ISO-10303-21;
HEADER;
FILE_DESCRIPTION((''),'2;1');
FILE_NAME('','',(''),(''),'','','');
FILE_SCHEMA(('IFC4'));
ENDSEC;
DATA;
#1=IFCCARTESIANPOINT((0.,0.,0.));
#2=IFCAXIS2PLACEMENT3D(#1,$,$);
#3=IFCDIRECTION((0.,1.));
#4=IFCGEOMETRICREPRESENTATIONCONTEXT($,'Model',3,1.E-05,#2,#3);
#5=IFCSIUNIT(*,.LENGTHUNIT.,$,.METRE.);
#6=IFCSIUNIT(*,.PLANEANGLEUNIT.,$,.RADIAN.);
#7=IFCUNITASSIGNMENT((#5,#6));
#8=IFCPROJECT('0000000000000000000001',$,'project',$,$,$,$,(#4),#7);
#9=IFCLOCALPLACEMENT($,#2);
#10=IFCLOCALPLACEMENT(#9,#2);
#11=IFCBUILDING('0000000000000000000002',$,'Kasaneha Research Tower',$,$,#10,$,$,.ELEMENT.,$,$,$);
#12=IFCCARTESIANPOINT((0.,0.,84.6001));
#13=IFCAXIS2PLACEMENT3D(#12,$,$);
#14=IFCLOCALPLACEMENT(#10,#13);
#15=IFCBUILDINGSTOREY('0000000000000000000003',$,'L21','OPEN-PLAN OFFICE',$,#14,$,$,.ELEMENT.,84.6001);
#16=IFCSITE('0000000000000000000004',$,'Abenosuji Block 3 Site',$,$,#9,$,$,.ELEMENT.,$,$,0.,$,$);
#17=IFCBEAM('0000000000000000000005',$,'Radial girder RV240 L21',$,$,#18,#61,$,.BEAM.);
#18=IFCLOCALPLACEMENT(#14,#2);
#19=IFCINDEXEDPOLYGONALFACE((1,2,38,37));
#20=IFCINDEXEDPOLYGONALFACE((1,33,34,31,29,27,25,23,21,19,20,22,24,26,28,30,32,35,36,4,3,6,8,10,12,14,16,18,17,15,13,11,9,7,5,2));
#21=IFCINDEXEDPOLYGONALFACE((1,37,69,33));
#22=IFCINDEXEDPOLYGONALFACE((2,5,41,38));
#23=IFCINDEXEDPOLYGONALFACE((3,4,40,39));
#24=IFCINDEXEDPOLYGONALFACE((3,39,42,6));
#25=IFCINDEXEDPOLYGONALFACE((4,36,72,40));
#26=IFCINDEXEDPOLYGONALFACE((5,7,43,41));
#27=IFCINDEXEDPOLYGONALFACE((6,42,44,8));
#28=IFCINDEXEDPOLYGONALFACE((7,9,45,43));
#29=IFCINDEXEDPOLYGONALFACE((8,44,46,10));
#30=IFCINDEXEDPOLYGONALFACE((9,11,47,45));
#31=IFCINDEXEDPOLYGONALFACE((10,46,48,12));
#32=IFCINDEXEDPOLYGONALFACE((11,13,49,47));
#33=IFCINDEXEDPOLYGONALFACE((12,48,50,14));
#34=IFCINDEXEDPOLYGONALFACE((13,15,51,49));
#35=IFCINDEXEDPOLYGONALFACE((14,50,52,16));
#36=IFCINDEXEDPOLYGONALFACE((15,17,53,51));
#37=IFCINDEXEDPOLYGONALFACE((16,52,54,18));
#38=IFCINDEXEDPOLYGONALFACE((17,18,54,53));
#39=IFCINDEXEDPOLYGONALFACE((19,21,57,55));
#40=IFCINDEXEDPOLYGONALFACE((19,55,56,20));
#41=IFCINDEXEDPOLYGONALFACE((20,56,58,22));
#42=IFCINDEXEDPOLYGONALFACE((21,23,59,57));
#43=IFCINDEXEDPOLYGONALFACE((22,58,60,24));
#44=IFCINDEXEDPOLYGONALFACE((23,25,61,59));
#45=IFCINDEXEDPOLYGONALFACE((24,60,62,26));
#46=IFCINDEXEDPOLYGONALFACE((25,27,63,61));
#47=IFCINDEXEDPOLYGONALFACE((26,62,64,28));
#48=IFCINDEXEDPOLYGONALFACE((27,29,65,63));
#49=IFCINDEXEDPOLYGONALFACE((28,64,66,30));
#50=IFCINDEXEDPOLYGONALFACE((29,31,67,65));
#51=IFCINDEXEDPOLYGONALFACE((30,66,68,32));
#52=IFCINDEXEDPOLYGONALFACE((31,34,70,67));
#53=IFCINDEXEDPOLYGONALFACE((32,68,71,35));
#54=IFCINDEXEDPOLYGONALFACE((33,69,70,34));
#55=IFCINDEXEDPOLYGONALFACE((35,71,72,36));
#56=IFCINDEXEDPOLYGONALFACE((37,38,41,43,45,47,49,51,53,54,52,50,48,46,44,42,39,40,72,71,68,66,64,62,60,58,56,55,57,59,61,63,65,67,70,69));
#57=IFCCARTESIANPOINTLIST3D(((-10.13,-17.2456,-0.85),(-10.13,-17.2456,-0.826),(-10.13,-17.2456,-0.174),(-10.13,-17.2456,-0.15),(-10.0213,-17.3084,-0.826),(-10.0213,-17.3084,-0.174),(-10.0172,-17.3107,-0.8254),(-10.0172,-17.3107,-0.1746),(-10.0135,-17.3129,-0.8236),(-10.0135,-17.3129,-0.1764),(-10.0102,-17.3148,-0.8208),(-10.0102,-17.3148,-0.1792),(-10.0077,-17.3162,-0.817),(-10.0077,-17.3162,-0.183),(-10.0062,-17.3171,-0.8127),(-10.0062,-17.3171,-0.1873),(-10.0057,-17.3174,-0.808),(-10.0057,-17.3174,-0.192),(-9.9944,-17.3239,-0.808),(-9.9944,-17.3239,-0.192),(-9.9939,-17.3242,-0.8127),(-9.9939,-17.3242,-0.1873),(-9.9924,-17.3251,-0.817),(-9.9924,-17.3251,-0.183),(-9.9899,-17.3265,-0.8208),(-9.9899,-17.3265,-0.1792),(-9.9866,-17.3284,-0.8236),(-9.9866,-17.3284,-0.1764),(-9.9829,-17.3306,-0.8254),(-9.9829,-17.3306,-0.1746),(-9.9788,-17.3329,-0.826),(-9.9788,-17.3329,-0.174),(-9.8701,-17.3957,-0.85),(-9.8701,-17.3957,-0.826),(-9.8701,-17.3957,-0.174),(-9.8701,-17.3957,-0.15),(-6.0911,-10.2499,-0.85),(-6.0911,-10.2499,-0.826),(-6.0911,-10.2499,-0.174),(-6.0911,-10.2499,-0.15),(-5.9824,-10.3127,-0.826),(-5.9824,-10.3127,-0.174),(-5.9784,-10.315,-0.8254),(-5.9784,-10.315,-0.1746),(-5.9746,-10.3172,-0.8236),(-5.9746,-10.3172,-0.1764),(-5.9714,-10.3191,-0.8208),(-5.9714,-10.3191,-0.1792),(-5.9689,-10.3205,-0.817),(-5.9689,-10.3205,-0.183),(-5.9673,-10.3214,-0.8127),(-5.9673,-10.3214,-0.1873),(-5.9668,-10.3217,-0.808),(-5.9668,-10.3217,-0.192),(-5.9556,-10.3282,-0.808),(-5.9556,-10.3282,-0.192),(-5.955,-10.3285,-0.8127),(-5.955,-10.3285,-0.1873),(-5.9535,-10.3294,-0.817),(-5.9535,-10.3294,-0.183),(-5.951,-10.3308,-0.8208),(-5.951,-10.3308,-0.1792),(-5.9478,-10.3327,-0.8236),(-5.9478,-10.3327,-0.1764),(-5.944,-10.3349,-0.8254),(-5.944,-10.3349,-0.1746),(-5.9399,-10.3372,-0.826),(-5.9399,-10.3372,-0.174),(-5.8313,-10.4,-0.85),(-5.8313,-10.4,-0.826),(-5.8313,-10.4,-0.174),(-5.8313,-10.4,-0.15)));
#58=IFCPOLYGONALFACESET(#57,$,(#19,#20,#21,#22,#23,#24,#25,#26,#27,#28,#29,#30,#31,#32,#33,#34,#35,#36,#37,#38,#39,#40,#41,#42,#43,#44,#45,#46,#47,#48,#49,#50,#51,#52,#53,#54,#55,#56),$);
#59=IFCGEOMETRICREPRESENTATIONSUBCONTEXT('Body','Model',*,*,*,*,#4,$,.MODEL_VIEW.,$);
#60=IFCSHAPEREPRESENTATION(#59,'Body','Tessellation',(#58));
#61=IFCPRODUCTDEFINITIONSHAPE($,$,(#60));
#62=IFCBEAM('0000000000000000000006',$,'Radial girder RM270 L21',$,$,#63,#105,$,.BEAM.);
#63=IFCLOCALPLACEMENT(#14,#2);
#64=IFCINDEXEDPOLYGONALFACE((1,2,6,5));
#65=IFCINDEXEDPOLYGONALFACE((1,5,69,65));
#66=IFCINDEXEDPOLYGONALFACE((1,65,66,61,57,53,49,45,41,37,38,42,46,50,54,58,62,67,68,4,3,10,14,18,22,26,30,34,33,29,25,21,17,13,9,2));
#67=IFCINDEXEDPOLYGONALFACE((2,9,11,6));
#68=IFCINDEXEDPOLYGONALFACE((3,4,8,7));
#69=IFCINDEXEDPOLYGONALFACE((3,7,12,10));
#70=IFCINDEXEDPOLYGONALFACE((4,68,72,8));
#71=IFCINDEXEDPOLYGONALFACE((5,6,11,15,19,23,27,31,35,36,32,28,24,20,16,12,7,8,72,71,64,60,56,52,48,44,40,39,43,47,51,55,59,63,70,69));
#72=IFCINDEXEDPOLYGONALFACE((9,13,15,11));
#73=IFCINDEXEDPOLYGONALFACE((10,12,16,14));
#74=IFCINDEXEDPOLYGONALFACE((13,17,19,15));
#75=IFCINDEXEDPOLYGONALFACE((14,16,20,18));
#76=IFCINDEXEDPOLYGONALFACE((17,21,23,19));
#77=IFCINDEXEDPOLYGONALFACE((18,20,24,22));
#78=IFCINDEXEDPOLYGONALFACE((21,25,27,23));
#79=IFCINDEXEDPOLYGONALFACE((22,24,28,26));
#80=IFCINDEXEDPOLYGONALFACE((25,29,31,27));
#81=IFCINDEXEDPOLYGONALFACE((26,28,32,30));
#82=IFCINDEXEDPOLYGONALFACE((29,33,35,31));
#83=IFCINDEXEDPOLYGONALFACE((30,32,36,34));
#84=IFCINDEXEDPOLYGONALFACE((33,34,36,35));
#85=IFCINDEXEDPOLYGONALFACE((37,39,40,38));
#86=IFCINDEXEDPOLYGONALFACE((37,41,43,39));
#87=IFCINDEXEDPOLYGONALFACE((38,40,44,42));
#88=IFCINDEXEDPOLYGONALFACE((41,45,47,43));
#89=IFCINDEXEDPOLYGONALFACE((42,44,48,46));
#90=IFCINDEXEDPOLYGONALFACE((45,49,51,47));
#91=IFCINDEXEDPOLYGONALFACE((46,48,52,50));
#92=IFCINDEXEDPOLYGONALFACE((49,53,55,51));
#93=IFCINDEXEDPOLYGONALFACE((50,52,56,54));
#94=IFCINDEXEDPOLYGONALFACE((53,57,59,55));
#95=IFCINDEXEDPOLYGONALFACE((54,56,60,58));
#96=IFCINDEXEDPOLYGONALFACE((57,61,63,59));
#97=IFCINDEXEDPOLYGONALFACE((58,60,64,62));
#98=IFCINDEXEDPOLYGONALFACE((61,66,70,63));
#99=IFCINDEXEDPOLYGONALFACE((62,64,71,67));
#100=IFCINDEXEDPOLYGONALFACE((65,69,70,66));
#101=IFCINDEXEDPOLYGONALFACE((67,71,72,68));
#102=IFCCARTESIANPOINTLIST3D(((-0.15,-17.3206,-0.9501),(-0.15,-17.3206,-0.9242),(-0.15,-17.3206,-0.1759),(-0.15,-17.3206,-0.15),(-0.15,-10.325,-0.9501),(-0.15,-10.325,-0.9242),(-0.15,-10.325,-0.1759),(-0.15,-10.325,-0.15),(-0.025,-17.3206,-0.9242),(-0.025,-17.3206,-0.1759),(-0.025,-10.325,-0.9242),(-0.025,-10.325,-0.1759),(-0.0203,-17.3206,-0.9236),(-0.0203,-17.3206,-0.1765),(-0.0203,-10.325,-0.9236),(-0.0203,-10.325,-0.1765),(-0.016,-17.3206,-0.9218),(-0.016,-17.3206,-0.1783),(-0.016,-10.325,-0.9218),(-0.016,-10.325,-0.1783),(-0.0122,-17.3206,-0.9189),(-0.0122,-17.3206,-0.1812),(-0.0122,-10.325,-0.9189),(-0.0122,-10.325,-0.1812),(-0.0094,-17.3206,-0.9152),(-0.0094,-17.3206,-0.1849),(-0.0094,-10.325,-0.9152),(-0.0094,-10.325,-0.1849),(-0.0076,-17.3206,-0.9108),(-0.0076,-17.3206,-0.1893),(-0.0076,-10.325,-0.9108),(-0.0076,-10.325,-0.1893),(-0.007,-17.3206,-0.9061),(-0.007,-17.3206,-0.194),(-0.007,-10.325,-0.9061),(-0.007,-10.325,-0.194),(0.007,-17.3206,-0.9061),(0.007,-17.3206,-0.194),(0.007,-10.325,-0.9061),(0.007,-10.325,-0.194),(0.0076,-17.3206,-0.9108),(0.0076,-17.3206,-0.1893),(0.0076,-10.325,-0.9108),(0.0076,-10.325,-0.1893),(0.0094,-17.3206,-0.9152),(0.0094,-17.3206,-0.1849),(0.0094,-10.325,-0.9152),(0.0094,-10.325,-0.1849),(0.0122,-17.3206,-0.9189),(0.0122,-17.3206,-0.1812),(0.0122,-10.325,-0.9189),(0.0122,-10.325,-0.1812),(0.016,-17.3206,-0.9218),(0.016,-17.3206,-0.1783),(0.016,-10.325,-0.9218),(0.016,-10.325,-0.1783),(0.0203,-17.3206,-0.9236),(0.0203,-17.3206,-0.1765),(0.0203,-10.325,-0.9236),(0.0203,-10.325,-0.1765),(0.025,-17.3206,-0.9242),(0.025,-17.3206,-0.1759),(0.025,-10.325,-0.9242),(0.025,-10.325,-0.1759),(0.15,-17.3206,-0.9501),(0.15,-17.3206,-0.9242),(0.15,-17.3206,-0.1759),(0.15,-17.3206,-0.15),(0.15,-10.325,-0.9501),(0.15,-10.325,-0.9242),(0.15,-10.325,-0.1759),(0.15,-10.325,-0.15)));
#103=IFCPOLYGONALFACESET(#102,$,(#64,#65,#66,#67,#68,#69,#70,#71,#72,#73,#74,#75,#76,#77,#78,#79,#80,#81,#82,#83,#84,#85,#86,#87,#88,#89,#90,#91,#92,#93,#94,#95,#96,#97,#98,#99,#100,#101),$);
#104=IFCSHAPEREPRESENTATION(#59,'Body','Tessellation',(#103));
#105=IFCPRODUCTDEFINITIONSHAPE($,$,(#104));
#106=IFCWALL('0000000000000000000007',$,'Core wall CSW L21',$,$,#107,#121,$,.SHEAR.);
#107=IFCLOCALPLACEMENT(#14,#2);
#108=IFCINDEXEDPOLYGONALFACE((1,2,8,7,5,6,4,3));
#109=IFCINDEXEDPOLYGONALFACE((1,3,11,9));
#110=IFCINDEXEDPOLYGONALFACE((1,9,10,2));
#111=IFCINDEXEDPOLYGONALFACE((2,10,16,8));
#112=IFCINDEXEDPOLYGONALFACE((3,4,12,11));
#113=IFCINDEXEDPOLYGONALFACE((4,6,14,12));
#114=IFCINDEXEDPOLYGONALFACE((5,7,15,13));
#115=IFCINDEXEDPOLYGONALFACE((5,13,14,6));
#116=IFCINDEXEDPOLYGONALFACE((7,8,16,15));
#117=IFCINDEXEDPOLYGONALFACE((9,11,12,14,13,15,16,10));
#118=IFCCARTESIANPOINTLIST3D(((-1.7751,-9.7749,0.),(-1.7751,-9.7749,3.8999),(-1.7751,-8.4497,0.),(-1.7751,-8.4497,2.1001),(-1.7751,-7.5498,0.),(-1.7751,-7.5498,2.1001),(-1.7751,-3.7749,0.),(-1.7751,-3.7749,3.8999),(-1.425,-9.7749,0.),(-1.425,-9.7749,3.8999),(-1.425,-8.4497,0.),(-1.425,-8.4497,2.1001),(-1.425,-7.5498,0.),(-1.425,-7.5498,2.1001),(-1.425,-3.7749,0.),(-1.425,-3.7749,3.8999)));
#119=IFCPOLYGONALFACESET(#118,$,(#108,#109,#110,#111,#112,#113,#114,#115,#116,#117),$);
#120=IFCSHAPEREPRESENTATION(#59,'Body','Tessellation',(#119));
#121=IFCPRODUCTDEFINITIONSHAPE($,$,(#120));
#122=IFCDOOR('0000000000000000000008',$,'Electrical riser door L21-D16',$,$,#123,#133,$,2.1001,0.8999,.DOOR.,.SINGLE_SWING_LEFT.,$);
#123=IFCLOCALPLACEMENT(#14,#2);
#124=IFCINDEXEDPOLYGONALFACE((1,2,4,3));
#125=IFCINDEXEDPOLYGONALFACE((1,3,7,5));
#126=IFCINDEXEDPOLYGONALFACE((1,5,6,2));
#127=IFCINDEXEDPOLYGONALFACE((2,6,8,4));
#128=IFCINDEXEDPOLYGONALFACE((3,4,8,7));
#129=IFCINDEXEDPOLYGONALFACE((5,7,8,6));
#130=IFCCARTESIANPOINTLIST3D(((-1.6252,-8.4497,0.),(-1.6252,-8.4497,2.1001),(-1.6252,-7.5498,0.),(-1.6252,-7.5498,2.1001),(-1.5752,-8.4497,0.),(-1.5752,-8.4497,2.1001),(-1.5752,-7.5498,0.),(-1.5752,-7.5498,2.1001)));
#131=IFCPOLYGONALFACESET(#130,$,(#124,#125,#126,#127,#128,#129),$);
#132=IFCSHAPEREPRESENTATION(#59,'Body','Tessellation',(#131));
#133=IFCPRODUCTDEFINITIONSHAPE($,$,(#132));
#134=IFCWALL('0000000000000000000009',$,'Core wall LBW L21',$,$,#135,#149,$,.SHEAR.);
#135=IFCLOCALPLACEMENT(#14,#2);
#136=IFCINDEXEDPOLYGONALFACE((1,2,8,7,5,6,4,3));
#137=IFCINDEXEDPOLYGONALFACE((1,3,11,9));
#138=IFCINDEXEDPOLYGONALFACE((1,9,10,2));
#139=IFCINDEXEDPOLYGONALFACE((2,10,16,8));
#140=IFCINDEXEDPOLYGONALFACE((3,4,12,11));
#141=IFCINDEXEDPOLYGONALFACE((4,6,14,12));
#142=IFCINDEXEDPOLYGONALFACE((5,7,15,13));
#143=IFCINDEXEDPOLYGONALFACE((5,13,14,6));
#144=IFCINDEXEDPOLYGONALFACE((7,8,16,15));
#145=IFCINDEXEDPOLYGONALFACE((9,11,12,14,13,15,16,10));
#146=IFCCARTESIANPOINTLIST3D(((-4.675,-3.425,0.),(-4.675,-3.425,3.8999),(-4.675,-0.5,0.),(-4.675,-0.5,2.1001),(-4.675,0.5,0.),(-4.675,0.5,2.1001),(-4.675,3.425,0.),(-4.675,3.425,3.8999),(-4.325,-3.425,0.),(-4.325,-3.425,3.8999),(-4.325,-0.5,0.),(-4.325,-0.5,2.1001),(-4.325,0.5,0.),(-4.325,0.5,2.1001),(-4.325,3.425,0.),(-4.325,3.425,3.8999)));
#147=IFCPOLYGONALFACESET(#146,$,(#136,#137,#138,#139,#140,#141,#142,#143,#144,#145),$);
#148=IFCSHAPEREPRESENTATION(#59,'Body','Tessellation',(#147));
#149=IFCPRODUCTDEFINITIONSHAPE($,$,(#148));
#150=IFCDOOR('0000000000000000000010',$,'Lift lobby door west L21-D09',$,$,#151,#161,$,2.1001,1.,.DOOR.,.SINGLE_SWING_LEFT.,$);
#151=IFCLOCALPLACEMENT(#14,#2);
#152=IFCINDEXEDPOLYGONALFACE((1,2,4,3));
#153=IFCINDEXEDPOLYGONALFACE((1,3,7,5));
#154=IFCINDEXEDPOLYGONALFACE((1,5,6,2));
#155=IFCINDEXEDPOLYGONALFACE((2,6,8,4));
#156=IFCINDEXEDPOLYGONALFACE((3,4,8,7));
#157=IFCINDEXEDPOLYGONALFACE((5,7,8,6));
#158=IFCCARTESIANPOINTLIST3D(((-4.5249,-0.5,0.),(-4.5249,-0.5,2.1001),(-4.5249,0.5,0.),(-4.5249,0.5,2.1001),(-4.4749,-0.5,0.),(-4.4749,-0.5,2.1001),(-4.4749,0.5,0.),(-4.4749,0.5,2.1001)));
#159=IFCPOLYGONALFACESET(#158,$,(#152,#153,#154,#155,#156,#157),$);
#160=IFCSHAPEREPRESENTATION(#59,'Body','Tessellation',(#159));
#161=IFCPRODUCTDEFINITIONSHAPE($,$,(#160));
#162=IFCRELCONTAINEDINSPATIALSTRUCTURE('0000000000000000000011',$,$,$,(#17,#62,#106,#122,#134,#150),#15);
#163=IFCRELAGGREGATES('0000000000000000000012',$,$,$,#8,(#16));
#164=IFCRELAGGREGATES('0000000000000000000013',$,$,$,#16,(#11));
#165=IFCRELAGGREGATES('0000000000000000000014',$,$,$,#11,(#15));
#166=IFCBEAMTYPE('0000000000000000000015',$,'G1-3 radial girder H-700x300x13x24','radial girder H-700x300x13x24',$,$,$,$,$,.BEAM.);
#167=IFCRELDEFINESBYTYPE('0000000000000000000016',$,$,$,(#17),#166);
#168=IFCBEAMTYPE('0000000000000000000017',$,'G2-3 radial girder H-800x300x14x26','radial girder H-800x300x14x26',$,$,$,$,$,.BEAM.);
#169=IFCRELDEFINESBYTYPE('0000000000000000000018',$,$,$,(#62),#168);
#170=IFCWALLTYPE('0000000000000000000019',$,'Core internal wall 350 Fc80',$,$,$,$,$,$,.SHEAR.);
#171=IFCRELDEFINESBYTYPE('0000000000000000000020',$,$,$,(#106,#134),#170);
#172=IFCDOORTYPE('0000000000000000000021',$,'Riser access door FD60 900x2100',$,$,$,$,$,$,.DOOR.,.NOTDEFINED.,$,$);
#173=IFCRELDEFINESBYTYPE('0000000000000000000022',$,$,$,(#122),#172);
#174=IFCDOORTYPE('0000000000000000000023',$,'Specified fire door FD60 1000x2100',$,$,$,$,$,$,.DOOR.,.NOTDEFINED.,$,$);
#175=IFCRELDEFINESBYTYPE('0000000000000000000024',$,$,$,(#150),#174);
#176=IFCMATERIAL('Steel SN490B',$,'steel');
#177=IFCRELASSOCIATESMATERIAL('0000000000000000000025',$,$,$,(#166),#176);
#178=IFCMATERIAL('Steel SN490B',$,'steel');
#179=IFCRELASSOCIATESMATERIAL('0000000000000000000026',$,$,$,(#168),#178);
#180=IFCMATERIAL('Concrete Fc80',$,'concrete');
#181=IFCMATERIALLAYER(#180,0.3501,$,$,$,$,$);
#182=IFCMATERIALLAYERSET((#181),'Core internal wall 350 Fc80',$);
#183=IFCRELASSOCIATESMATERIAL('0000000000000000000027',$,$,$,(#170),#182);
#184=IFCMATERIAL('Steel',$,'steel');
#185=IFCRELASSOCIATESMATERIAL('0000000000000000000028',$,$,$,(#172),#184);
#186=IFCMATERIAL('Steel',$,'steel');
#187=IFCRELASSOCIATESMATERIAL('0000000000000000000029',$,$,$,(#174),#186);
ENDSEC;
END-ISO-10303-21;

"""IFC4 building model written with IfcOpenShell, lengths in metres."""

from ifc_helpers import new_model, si_unit, direction, frame, frame_2d, origin, origin_2d, place, context, subcontext, project, spatial, rectangle, i_section, extrude, material, layer, layer_set, material_profile, profile_set, type_object, element, fill, save


model = new_model("IFC4")

# Units and contexts
model_context = context("Model", 3, precision=1e-05, world=origin(), true_north=direction((0.0, 1.0)))
body_context = subcontext(model_context, "Body", "Model", "MODEL_VIEW")
ifc_project = project(units=[si_unit("LENGTHUNIT", "METRE"), si_unit("PLANEANGLEUNIT", "RADIAN")], contexts=[model_context])

# Site, building, storey
site_placement = place(None, origin())
site = spatial("IfcSite", under=ifc_project, at=site_placement, Name="Abenosuji Block 3 Site", CompositionType="ELEMENT", RefElevation=0.0)
building_placement = place(site_placement, origin())
building = spatial("IfcBuilding", under=site, at=building_placement, Name="Kasaneha Research Tower", CompositionType="ELEMENT")
storey_placement = place(building_placement, frame((0.0, 0.0, 84.6001)))
storey = spatial("IfcBuildingStorey", under=building, at=storey_placement, Name="L21", Description="OPEN-PLAN OFFICE", CompositionType="ELEMENT", Elevation=84.6001)

# Beams
ifc_material_1 = material(Name="Steel SN490B", Category="steel")
ifc_material_profile_1 = material_profile(ifc_material_1, i_section(OverallWidth=0.3, OverallDepth=0.7, WebThickness=0.0129, FlangeThickness=0.0239, FilletRadius=0.0181, at=origin_2d()), Name="H-700x300x13x24")
ifc_profile_set_1 = profile_set([ifc_material_profile_1], Name="Steel SN490B")
beam_type_1 = type_object("IfcBeamType", Name="G1-3 radial girder H-700x300x13x24", Description="radial girder H-700x300x13x24", PredefinedType="BEAM", material=ifc_profile_set_1)
beam_1_placement = place(storey_placement, frame((-5.9612, -10.325, -0.5), z_axis=(-0.499991, -0.866031, 0.0), x_axis=(0.866031, -0.499991, 0.0)))
element("IfcBeam", 1, at=beam_1_placement, inside=storey, type_object=beam_type_1, Name="Radial girder RV240 L21", PredefinedType="BEAM", context=body_context, shape_type="SweptSolid", body=[
    extrude(i_section(OverallWidth=0.3, OverallDepth=0.7, WebThickness=0.0129, FlangeThickness=0.0239, FilletRadius=0.0181, at=origin_2d()), origin(), (0.0, 0.0, 1.0), 8.0779),
])
ifc_material_2 = material(Name="Steel SN490B", Category="steel")
ifc_material_profile_2 = material_profile(ifc_material_2, i_section(OverallWidth=0.3, OverallDepth=0.8, WebThickness=0.0139, FlangeThickness=0.0259, FilletRadius=0.0181, at=origin_2d()), Name="H-800x300x14x26")
ifc_profile_set_2 = profile_set([ifc_material_profile_2], Name="Steel SN490B")
beam_type_2 = type_object("IfcBeamType", Name="G2-3 radial girder H-800x300x14x26", Description="radial girder H-800x300x14x26", PredefinedType="BEAM", material=ifc_profile_set_2)
beam_2_placement = place(storey_placement, frame((0.0, -10.325, -0.55), z_axis=(0.0, -1.0, 0.0), x_axis=(1.0, 0.0, 0.0)))
element("IfcBeam", 2, at=beam_2_placement, inside=storey, type_object=beam_type_2, Name="Radial girder RM270 L21", PredefinedType="BEAM", context=body_context, shape_type="SweptSolid", body=[
    extrude(i_section(OverallWidth=0.3, OverallDepth=0.8, WebThickness=0.0139, FlangeThickness=0.0259, FilletRadius=0.0181, at=origin_2d()), origin(), (0.0, 0.0, 1.0), 6.9956),
])

# Walls, openings, doors
ifc_material_3 = material(Name="Concrete Fc80", Category="concrete")
ifc_layer_1 = layer(ifc_material_3, 0.3501)
ifc_layer_set_1 = layer_set([ifc_layer_1], Name="Core internal wall 350 Fc80")
wall_type_1 = type_object("IfcWallType", Name="Core internal wall 350 Fc80", PredefinedType="SHEAR", material=ifc_layer_set_1)
wall_1_placement = place(storey_placement, frame((-1.6001, -3.7749, 0.0), z_axis=(0.0, 0.0, 1.0), x_axis=(0.0, -1.0, 0.0)))
wall_1 = element("IfcWall", 3, at=wall_1_placement, inside=storey, type_object=wall_type_1, Name="Core wall CSW L21", PredefinedType="SHEAR", context=body_context, shape_type="SweptSolid", body=[
    extrude(rectangle(XDim=6.0, YDim=0.3501, at=frame_2d((3.0, 0.0))), origin(), (0.0, 0.0, 1.0), 3.8999),
])
opening_1_placement = place(wall_1_placement, frame((3.7749, 0.0, 0.0)))
opening_1 = element("IfcOpeningElement", 4, at=opening_1_placement, cuts=wall_1, PredefinedType="OPENING", context=body_context, shape_type="SweptSolid", body=[
    extrude(rectangle(XDim=0.8999, YDim=2.1001, at=frame_2d((0.45, 1.05))), frame((0.0, 0.1851, 0.0), z_axis=(0.0, -1.0, 0.0), x_axis=(1.0, 0.0, 0.0)), (0.0, 0.0, 1.0), 0.3701),
])
ifc_material_4 = material(Name="Steel", Category="steel")
door_type_1 = type_object("IfcDoorType", Name="Riser access door FD60 900x2100", OperationType="NOTDEFINED", PredefinedType="DOOR", material=ifc_material_4)
door_1_placement = place(opening_1_placement, origin())
door_1 = element("IfcDoor", 5, at=door_1_placement, inside=storey, type_object=door_type_1, Name="Electrical riser door L21-D16", OperationType="SINGLE_SWING_LEFT", OverallHeight=2.1001, OverallWidth=0.8999, PredefinedType="DOOR", context=body_context, shape_type="SweptSolid", body=[
    extrude(rectangle(XDim=0.8999, YDim=2.1001, at=frame_2d((0.45, 1.05))), frame((0.0, 0.0249, 0.0), z_axis=(0.0, -1.0, 0.0), x_axis=(1.0, 0.0, 0.0)), (0.0, 0.0, 1.0), 0.05),
])
fill(opening_1, door_1)
wall_2_placement = place(storey_placement, frame((-4.5, -3.425, 0.0), z_axis=(0.0, 0.0, 1.0), x_axis=(0.0, 1.0, 0.0)))
wall_2 = element("IfcWall", 6, at=wall_2_placement, inside=storey, type_object=wall_type_1, Name="Core wall LBW L21", PredefinedType="SHEAR", context=body_context, shape_type="SweptSolid", body=[
    extrude(rectangle(XDim=6.8501, YDim=0.3501, at=frame_2d((3.425, 0.0))), origin(), (0.0, 0.0, 1.0), 3.8999),
])
opening_2_placement = place(wall_2_placement, frame((2.925, 0.0, 0.0)))
opening_2 = element("IfcOpeningElement", 7, at=opening_2_placement, cuts=wall_2, PredefinedType="OPENING", context=body_context, shape_type="SweptSolid", body=[
    extrude(rectangle(XDim=1.0, YDim=2.1001, at=frame_2d((0.5, 1.05))), frame((0.0, 0.1851, 0.0), z_axis=(0.0, -1.0, 0.0), x_axis=(1.0, 0.0, 0.0)), (0.0, 0.0, 1.0), 0.3701),
])
ifc_material_5 = material(Name="Steel", Category="steel")
door_type_2 = type_object("IfcDoorType", Name="Specified fire door FD60 1000x2100", OperationType="NOTDEFINED", PredefinedType="DOOR", material=ifc_material_5)
door_2_placement = place(opening_2_placement, origin())
door_2 = element("IfcDoor", 8, at=door_2_placement, inside=storey, type_object=door_type_2, Name="Lift lobby door west L21-D09", OperationType="SINGLE_SWING_LEFT", OverallHeight=2.1001, OverallWidth=1.0, PredefinedType="DOOR", context=body_context, shape_type="SweptSolid", body=[
    extrude(rectangle(XDim=1.0, YDim=2.1001, at=frame_2d((0.5, 1.05))), frame((0.0, 0.0249, 0.0), z_axis=(0.0, -1.0, 0.0), x_axis=(1.0, 0.0, 0.0)), (0.0, 0.0, 1.0), 0.05),
])
fill(opening_2, door_2)

save(model, "model.ifc")
